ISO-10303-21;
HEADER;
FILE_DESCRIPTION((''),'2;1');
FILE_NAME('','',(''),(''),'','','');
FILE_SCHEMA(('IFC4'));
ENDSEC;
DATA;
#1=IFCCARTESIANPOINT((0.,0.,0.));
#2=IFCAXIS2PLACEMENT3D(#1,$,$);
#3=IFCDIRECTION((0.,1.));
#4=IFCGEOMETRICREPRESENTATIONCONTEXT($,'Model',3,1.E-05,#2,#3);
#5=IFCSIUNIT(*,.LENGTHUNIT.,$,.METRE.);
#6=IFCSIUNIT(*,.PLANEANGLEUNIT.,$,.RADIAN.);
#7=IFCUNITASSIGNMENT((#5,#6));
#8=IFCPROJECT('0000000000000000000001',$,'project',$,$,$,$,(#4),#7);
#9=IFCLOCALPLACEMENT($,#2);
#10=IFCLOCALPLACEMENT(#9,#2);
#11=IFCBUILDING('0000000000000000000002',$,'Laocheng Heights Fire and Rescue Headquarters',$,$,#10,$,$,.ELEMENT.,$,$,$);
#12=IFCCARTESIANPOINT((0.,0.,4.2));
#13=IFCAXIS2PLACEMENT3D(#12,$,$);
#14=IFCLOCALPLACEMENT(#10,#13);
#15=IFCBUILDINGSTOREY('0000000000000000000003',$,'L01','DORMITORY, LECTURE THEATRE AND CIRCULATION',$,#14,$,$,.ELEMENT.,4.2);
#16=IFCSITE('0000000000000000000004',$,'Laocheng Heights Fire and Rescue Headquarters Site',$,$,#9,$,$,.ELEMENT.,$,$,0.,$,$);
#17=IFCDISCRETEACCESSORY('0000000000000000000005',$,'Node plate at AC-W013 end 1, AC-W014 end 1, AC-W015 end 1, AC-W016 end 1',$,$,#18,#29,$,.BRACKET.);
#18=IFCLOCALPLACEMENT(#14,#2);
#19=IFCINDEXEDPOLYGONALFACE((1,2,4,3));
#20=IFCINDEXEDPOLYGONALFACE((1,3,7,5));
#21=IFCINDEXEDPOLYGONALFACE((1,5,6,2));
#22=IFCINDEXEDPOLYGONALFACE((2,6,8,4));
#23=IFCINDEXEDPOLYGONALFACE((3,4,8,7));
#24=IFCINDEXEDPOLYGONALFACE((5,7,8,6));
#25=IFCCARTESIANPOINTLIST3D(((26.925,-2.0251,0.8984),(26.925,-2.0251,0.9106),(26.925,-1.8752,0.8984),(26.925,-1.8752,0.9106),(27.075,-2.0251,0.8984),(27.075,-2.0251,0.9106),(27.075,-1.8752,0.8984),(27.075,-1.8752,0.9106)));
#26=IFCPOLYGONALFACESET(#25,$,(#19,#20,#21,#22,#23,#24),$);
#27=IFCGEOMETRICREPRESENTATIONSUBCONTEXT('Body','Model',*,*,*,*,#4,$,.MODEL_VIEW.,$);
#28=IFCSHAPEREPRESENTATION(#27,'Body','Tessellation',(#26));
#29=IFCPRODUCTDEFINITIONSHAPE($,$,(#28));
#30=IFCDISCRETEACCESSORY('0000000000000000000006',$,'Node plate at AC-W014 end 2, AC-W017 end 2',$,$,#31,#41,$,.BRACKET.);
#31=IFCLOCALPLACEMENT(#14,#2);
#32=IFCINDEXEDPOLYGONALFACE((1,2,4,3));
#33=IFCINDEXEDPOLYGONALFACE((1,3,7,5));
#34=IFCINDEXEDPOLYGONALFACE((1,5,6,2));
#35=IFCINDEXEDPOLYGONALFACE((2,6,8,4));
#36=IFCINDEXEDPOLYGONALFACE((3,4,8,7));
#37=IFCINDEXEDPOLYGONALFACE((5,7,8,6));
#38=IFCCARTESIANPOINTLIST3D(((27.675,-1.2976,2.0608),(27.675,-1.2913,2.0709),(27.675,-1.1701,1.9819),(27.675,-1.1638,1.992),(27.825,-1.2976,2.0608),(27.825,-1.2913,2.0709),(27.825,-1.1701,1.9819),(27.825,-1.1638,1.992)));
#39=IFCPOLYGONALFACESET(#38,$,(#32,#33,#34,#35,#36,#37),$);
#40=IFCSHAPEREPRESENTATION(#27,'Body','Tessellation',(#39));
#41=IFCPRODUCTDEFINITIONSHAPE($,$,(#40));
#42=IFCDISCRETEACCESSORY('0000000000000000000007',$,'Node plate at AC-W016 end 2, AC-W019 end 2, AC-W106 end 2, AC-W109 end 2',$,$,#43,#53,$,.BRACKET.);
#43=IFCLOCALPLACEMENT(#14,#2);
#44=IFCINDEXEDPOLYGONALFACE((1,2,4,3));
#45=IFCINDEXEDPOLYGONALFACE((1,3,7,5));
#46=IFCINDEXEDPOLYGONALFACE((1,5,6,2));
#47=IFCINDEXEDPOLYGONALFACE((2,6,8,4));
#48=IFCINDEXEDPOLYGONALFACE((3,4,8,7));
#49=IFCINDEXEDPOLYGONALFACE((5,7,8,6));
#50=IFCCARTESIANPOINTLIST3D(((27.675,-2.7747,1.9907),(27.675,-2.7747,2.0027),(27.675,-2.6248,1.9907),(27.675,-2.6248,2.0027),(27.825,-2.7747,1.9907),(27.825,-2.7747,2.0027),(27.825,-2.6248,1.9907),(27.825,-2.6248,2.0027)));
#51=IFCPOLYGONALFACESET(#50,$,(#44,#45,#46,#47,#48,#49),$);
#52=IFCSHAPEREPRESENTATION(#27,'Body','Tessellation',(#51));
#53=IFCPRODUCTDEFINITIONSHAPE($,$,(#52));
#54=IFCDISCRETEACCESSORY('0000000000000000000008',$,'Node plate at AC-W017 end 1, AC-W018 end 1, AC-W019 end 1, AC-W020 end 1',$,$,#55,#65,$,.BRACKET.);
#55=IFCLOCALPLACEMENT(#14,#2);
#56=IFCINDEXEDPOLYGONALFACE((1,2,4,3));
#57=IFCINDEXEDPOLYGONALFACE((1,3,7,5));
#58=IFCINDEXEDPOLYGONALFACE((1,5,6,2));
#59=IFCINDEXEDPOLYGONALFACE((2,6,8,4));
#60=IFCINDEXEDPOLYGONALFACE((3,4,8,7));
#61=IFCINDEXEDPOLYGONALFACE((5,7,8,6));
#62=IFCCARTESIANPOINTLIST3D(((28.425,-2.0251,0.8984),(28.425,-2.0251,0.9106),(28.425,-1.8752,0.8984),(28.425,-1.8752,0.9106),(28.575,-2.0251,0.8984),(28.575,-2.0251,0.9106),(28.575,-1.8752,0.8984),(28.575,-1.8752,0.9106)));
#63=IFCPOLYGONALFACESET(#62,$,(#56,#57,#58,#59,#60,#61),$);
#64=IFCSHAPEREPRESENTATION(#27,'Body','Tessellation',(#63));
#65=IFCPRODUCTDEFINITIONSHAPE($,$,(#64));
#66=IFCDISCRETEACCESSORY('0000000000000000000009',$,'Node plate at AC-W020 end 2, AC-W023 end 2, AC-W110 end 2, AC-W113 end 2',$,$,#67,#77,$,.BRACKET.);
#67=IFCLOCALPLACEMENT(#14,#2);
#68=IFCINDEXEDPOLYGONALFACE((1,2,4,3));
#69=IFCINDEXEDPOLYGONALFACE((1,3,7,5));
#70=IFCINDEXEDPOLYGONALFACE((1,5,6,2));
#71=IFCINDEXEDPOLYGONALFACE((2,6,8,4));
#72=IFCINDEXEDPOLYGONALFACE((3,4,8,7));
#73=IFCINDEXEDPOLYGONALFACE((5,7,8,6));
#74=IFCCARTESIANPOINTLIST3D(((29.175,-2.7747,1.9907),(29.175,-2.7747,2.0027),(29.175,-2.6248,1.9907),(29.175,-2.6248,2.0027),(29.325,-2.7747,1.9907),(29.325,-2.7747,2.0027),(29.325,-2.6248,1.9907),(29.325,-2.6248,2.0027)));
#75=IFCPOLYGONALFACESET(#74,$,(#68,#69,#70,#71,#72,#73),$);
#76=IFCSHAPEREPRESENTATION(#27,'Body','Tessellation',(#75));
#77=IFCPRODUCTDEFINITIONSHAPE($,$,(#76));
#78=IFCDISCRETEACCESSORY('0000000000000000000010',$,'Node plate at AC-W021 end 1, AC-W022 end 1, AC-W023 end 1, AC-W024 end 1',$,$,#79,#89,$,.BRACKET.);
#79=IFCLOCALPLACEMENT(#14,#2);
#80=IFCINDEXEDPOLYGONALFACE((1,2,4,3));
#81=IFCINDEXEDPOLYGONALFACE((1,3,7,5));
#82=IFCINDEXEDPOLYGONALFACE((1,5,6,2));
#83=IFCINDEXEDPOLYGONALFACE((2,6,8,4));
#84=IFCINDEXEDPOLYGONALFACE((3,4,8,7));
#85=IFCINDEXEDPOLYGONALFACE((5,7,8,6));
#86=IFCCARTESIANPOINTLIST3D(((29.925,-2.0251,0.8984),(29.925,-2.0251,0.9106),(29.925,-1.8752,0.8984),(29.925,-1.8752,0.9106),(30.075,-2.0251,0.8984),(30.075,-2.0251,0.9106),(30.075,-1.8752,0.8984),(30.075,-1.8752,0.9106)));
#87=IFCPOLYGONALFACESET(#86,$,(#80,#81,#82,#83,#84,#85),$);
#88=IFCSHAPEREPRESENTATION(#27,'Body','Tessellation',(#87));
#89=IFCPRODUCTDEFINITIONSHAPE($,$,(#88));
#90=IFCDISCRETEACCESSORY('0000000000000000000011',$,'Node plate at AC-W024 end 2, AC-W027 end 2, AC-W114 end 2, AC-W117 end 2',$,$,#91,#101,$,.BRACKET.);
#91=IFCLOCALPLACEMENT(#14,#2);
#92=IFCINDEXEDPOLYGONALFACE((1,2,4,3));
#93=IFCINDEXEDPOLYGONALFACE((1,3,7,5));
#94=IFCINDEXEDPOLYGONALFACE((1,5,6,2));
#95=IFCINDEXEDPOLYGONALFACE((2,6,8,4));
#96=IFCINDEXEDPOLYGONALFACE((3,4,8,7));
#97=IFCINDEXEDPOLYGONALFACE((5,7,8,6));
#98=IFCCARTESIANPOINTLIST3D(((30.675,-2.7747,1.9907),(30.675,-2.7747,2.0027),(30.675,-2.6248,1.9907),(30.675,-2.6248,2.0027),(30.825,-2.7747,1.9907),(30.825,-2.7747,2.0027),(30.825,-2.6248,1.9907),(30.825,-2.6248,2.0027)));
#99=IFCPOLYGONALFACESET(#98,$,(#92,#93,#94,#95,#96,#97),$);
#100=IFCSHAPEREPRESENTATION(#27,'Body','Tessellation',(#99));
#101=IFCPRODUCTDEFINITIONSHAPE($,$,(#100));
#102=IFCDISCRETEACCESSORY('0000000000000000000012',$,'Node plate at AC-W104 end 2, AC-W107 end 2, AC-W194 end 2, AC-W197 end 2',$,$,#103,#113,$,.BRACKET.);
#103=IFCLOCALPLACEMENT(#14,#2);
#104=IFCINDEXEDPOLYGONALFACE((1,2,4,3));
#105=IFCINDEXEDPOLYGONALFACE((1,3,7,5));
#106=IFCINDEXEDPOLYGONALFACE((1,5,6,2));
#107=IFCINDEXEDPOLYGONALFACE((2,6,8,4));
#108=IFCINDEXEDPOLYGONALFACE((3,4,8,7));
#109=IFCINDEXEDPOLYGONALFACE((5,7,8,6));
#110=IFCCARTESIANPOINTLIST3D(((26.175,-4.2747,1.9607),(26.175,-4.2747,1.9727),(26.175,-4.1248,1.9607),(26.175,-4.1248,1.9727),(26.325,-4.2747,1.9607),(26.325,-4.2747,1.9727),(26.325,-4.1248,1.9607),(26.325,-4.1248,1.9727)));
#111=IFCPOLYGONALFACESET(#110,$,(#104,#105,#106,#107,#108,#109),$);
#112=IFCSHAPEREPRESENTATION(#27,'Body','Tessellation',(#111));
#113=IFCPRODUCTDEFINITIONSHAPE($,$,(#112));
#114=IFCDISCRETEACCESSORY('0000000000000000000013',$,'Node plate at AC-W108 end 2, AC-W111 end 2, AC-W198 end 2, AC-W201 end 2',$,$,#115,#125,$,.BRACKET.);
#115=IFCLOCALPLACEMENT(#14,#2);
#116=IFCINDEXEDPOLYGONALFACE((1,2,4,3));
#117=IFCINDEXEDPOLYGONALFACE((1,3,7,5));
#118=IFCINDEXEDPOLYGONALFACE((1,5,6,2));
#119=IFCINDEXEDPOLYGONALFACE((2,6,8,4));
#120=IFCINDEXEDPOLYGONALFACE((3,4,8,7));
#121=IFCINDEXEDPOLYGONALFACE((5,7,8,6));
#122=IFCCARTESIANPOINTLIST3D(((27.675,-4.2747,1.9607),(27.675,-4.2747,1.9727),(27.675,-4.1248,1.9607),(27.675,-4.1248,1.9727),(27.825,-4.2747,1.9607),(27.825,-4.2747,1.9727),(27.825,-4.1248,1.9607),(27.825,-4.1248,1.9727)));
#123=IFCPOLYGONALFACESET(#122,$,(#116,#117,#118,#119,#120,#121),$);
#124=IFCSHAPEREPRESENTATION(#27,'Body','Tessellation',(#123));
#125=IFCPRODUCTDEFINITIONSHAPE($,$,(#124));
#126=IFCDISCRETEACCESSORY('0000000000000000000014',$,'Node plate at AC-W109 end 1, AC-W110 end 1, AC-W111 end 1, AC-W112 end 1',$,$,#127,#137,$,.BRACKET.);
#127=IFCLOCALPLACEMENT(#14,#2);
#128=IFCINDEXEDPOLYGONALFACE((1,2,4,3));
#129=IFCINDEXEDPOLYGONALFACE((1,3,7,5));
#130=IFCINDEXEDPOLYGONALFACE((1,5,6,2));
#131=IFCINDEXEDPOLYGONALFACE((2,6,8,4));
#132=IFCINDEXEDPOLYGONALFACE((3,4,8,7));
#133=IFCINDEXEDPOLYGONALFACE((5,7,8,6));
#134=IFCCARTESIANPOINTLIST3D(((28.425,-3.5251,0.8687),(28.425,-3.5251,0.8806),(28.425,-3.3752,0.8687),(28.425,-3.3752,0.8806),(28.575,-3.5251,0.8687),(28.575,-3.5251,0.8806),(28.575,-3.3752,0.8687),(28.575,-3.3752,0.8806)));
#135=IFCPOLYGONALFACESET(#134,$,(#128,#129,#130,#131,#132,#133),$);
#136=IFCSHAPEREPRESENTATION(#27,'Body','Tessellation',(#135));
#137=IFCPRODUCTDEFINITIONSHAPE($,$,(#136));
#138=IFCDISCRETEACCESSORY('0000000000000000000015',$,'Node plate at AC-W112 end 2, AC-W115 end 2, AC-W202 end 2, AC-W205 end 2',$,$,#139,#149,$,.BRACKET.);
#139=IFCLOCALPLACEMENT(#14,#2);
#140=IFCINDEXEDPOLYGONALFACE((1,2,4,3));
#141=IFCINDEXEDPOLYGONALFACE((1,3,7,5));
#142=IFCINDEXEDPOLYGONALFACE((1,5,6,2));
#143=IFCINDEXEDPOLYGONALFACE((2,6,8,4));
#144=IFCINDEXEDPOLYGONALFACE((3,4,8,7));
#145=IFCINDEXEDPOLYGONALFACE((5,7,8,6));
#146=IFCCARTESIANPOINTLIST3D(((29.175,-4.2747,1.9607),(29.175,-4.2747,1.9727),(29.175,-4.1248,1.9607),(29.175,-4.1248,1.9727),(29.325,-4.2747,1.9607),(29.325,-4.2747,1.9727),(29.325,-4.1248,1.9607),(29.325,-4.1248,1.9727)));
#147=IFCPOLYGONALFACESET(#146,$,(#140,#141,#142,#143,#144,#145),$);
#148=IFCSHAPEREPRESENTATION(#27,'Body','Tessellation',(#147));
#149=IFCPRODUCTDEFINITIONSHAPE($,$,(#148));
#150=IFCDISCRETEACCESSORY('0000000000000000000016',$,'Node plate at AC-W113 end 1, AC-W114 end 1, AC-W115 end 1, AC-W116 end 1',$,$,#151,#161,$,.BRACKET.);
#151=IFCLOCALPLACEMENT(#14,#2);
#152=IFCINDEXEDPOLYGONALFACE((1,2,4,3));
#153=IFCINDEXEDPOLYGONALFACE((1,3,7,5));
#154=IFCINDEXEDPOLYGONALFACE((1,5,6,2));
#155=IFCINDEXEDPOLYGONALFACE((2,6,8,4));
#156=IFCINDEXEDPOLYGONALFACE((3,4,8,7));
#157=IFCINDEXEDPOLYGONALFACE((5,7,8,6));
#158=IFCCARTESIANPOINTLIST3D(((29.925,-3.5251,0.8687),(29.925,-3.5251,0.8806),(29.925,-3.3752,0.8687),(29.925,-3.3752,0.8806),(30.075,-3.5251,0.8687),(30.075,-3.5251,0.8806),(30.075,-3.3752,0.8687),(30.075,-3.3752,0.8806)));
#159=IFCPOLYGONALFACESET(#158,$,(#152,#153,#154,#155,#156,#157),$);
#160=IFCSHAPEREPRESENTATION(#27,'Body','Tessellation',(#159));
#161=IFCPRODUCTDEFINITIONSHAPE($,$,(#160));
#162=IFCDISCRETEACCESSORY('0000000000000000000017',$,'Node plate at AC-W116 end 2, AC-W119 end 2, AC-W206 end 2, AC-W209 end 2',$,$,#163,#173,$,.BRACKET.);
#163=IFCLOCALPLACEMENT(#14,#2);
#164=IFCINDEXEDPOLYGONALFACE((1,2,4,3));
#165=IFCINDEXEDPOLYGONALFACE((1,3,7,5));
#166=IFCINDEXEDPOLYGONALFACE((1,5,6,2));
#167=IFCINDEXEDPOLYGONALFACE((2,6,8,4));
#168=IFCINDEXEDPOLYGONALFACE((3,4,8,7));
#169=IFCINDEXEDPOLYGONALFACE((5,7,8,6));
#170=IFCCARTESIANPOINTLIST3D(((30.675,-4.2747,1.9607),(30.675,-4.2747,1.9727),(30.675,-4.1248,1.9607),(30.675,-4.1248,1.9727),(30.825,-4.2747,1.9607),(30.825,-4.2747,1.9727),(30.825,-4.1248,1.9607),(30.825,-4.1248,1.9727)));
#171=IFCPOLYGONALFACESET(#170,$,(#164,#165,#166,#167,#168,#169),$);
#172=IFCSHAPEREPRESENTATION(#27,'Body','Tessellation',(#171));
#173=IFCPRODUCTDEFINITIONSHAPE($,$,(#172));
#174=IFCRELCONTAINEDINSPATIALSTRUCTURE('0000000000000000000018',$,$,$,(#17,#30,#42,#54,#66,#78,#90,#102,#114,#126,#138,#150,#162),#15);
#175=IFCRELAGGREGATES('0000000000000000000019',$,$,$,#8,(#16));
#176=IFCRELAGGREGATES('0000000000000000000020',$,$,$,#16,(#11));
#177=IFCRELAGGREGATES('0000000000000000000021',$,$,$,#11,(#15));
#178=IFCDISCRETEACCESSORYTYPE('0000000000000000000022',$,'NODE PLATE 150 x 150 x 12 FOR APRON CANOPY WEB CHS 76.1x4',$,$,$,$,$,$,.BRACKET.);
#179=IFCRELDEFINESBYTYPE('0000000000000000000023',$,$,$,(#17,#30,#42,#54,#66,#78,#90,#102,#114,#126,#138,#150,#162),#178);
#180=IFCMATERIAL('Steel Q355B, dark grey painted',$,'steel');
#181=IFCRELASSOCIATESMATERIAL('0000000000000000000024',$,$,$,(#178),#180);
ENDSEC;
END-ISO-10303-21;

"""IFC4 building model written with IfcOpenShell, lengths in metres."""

from ifc_helpers import new_model, si_unit, direction, frame, origin, origin_2d, place, context, subcontext, project, spatial, rectangle, extrude, material, material_profile, profile_set, type_object, element, save


model = new_model("IFC4")

# Units and contexts
model_context = context("Model", 3, precision=1e-05, world=origin(), true_north=direction((0.0, 1.0)))
body_context = subcontext(model_context, "Body", "Model", "MODEL_VIEW")
ifc_project = project(units=[si_unit("LENGTHUNIT", "METRE"), si_unit("PLANEANGLEUNIT", "RADIAN")], contexts=[model_context])

# Site, building, storey
site_placement = place(None, origin())
site = spatial("IfcSite", under=ifc_project, at=site_placement, Name="Laocheng Heights Fire and Rescue Headquarters Site", CompositionType="ELEMENT", RefElevation=0.0)
building_placement = place(site_placement, origin())
building = spatial("IfcBuilding", under=site, at=building_placement, Name="Laocheng Heights Fire and Rescue Headquarters", CompositionType="ELEMENT")
storey_placement = place(building_placement, frame((0.0, 0.0, 4.2)))
storey = spatial("IfcBuildingStorey", under=building, at=storey_placement, Name="L01", Description="DORMITORY, LECTURE THEATRE AND CIRCULATION", CompositionType="ELEMENT", Elevation=4.2)

# Discrete accessories
ifc_material_1 = material(Name="Steel Q355B, dark grey painted", Category="steel")
ifc_material_profile_1 = material_profile(ifc_material_1, rectangle(XDim=0.1499, YDim=0.1499, at=origin_2d()), Name="NODE PLATE 150 x 150 x 12 FOR APRON CANOPY WEB CHS 76.1x4")
ifc_profile_set_1 = profile_set([ifc_material_profile_1], Name="Steel Q355B, dark grey painted")
discrete_accessory_type = type_object("IfcDiscreteAccessoryType", Name="NODE PLATE 150 x 150 x 12 FOR APRON CANOPY WEB CHS 76.1x4", PredefinedType="BRACKET", material=ifc_profile_set_1)
discrete_accessory_1_placement = place(storey_placement, frame((27.0, -1.9502, 0.8984), z_axis=(0.0, 0.0, 1.0), x_axis=(1.0, 0.0, 0.0)))
element("IfcDiscreteAccessory", 1, at=discrete_accessory_1_placement, inside=storey, type_object=discrete_accessory_type, Name="Node plate at AC-W013 end 1, AC-W014 end 1, AC-W015 end 1, AC-W016 end 1", PredefinedType="BRACKET", context=body_context, shape_type="SweptSolid", body=[
    extrude(rectangle(XDim=0.1499, YDim=0.1499, at=origin_2d()), origin(), (0.0, 0.0, 1.0), 0.0122),
])
for number, where, z_axis, x_axis, name in (
    (2, (27.75, -1.2275, 2.0315), (0.0, -0.526355, -0.850265), (1.0, 0.0, 0.0), "Node plate at AC-W014 end 2, AC-W017 end 2"),
    (3, (27.75, -2.6997, 2.0027), (0.0, 0.0, -1.0), (1.0, 0.0, 0.0), "Node plate at AC-W016 end 2, AC-W019 end 2, AC-W106 end 2, AC-W109 end 2"),
):
    element("IfcDiscreteAccessory", number, at=place(storey_placement, frame(where, z_axis=z_axis, x_axis=x_axis)), inside=storey, type_object=discrete_accessory_type, Name=name, PredefinedType="BRACKET", context=body_context, shape_type="SweptSolid", body=[
        extrude(rectangle(XDim=0.1499, YDim=0.1499, at=origin_2d()), origin(), (0.0, 0.0, 1.0), 0.012),
    ])
discrete_accessory_2_placement = place(storey_placement, frame((28.5, -1.9502, 0.8984), z_axis=(0.0, 0.0, 1.0), x_axis=(1.0, 0.0, 0.0)))
element("IfcDiscreteAccessory", 4, at=discrete_accessory_2_placement, inside=storey, type_object=discrete_accessory_type, Name="Node plate at AC-W017 end 1, AC-W018 end 1, AC-W019 end 1, AC-W020 end 1", PredefinedType="BRACKET", context=body_context, shape_type="SweptSolid", body=[
    extrude(rectangle(XDim=0.1499, YDim=0.1499, at=origin_2d()), origin(), (0.0, 0.0, 1.0), 0.0122),
])
discrete_accessory_3_placement = place(storey_placement, frame((29.25, -2.6997, 2.0027), z_axis=(0.0, 0.0, -1.0), x_axis=(1.0, 0.0, 0.0)))
element("IfcDiscreteAccessory", 5, at=discrete_accessory_3_placement, inside=storey, type_object=discrete_accessory_type, Name="Node plate at AC-W020 end 2, AC-W023 end 2, AC-W110 end 2, AC-W113 end 2", PredefinedType="BRACKET", context=body_context, shape_type="SweptSolid", body=[
    extrude(rectangle(XDim=0.1499, YDim=0.1499, at=origin_2d()), origin(), (0.0, 0.0, 1.0), 0.012),
])
discrete_accessory_4_placement = place(storey_placement, frame((30.0, -1.9502, 0.8984), z_axis=(0.0, 0.0, 1.0), x_axis=(1.0, 0.0, 0.0)))
element("IfcDiscreteAccessory", 6, at=discrete_accessory_4_placement, inside=storey, type_object=discrete_accessory_type, Name="Node plate at AC-W021 end 1, AC-W022 end 1, AC-W023 end 1, AC-W024 end 1", PredefinedType="BRACKET", context=body_context, shape_type="SweptSolid", body=[
    extrude(rectangle(XDim=0.1499, YDim=0.1499, at=origin_2d()), origin(), (0.0, 0.0, 1.0), 0.0122),
])
for number, where, z_axis, x_axis, name in (
    (7, (30.75, -2.6997, 2.0027), (0.0, 0.0, -1.0), (1.0, 0.0, 0.0), "Node plate at AC-W024 end 2, AC-W027 end 2, AC-W114 end 2, AC-W117 end 2"),
    (8, (26.25, -4.1997, 1.9727), (0.0, 0.0, -1.0), (1.0, 0.0, 0.0), "Node plate at AC-W104 end 2, AC-W107 end 2, AC-W194 end 2, AC-W197 end 2"),
    (9, (27.75, -4.1997, 1.9727), (0.0, 0.0, -1.0), (1.0, 0.0, 0.0), "Node plate at AC-W108 end 2, AC-W111 end 2, AC-W198 end 2, AC-W201 end 2"),
    (10, (28.5, -3.4502, 0.8687), (0.0, 0.0, 1.0), (1.0, 0.0, 0.0), "Node plate at AC-W109 end 1, AC-W110 end 1, AC-W111 end 1, AC-W112 end 1"),
    (11, (29.25, -4.1997, 1.9727), (0.0, 0.0, -1.0), (1.0, 0.0, 0.0), "Node plate at AC-W112 end 2, AC-W115 end 2, AC-W202 end 2, AC-W205 end 2"),
    (12, (30.0, -3.4502, 0.8687), (0.0, 0.0, 1.0), (1.0, 0.0, 0.0), "Node plate at AC-W113 end 1, AC-W114 end 1, AC-W115 end 1, AC-W116 end 1"),
    (13, (30.75, -4.1997, 1.9727), (0.0, 0.0, -1.0), (1.0, 0.0, 0.0), "Node plate at AC-W116 end 2, AC-W119 end 2, AC-W206 end 2, AC-W209 end 2"),
):
    element("IfcDiscreteAccessory", number, at=place(storey_placement, frame(where, z_axis=z_axis, x_axis=x_axis)), inside=storey, type_object=discrete_accessory_type, Name=name, PredefinedType="BRACKET", context=body_context, shape_type="SweptSolid", body=[
        extrude(rectangle(XDim=0.1499, YDim=0.1499, at=origin_2d()), origin(), (0.0, 0.0, 1.0), 0.012),
    ])

save(model, "model.ifc")
